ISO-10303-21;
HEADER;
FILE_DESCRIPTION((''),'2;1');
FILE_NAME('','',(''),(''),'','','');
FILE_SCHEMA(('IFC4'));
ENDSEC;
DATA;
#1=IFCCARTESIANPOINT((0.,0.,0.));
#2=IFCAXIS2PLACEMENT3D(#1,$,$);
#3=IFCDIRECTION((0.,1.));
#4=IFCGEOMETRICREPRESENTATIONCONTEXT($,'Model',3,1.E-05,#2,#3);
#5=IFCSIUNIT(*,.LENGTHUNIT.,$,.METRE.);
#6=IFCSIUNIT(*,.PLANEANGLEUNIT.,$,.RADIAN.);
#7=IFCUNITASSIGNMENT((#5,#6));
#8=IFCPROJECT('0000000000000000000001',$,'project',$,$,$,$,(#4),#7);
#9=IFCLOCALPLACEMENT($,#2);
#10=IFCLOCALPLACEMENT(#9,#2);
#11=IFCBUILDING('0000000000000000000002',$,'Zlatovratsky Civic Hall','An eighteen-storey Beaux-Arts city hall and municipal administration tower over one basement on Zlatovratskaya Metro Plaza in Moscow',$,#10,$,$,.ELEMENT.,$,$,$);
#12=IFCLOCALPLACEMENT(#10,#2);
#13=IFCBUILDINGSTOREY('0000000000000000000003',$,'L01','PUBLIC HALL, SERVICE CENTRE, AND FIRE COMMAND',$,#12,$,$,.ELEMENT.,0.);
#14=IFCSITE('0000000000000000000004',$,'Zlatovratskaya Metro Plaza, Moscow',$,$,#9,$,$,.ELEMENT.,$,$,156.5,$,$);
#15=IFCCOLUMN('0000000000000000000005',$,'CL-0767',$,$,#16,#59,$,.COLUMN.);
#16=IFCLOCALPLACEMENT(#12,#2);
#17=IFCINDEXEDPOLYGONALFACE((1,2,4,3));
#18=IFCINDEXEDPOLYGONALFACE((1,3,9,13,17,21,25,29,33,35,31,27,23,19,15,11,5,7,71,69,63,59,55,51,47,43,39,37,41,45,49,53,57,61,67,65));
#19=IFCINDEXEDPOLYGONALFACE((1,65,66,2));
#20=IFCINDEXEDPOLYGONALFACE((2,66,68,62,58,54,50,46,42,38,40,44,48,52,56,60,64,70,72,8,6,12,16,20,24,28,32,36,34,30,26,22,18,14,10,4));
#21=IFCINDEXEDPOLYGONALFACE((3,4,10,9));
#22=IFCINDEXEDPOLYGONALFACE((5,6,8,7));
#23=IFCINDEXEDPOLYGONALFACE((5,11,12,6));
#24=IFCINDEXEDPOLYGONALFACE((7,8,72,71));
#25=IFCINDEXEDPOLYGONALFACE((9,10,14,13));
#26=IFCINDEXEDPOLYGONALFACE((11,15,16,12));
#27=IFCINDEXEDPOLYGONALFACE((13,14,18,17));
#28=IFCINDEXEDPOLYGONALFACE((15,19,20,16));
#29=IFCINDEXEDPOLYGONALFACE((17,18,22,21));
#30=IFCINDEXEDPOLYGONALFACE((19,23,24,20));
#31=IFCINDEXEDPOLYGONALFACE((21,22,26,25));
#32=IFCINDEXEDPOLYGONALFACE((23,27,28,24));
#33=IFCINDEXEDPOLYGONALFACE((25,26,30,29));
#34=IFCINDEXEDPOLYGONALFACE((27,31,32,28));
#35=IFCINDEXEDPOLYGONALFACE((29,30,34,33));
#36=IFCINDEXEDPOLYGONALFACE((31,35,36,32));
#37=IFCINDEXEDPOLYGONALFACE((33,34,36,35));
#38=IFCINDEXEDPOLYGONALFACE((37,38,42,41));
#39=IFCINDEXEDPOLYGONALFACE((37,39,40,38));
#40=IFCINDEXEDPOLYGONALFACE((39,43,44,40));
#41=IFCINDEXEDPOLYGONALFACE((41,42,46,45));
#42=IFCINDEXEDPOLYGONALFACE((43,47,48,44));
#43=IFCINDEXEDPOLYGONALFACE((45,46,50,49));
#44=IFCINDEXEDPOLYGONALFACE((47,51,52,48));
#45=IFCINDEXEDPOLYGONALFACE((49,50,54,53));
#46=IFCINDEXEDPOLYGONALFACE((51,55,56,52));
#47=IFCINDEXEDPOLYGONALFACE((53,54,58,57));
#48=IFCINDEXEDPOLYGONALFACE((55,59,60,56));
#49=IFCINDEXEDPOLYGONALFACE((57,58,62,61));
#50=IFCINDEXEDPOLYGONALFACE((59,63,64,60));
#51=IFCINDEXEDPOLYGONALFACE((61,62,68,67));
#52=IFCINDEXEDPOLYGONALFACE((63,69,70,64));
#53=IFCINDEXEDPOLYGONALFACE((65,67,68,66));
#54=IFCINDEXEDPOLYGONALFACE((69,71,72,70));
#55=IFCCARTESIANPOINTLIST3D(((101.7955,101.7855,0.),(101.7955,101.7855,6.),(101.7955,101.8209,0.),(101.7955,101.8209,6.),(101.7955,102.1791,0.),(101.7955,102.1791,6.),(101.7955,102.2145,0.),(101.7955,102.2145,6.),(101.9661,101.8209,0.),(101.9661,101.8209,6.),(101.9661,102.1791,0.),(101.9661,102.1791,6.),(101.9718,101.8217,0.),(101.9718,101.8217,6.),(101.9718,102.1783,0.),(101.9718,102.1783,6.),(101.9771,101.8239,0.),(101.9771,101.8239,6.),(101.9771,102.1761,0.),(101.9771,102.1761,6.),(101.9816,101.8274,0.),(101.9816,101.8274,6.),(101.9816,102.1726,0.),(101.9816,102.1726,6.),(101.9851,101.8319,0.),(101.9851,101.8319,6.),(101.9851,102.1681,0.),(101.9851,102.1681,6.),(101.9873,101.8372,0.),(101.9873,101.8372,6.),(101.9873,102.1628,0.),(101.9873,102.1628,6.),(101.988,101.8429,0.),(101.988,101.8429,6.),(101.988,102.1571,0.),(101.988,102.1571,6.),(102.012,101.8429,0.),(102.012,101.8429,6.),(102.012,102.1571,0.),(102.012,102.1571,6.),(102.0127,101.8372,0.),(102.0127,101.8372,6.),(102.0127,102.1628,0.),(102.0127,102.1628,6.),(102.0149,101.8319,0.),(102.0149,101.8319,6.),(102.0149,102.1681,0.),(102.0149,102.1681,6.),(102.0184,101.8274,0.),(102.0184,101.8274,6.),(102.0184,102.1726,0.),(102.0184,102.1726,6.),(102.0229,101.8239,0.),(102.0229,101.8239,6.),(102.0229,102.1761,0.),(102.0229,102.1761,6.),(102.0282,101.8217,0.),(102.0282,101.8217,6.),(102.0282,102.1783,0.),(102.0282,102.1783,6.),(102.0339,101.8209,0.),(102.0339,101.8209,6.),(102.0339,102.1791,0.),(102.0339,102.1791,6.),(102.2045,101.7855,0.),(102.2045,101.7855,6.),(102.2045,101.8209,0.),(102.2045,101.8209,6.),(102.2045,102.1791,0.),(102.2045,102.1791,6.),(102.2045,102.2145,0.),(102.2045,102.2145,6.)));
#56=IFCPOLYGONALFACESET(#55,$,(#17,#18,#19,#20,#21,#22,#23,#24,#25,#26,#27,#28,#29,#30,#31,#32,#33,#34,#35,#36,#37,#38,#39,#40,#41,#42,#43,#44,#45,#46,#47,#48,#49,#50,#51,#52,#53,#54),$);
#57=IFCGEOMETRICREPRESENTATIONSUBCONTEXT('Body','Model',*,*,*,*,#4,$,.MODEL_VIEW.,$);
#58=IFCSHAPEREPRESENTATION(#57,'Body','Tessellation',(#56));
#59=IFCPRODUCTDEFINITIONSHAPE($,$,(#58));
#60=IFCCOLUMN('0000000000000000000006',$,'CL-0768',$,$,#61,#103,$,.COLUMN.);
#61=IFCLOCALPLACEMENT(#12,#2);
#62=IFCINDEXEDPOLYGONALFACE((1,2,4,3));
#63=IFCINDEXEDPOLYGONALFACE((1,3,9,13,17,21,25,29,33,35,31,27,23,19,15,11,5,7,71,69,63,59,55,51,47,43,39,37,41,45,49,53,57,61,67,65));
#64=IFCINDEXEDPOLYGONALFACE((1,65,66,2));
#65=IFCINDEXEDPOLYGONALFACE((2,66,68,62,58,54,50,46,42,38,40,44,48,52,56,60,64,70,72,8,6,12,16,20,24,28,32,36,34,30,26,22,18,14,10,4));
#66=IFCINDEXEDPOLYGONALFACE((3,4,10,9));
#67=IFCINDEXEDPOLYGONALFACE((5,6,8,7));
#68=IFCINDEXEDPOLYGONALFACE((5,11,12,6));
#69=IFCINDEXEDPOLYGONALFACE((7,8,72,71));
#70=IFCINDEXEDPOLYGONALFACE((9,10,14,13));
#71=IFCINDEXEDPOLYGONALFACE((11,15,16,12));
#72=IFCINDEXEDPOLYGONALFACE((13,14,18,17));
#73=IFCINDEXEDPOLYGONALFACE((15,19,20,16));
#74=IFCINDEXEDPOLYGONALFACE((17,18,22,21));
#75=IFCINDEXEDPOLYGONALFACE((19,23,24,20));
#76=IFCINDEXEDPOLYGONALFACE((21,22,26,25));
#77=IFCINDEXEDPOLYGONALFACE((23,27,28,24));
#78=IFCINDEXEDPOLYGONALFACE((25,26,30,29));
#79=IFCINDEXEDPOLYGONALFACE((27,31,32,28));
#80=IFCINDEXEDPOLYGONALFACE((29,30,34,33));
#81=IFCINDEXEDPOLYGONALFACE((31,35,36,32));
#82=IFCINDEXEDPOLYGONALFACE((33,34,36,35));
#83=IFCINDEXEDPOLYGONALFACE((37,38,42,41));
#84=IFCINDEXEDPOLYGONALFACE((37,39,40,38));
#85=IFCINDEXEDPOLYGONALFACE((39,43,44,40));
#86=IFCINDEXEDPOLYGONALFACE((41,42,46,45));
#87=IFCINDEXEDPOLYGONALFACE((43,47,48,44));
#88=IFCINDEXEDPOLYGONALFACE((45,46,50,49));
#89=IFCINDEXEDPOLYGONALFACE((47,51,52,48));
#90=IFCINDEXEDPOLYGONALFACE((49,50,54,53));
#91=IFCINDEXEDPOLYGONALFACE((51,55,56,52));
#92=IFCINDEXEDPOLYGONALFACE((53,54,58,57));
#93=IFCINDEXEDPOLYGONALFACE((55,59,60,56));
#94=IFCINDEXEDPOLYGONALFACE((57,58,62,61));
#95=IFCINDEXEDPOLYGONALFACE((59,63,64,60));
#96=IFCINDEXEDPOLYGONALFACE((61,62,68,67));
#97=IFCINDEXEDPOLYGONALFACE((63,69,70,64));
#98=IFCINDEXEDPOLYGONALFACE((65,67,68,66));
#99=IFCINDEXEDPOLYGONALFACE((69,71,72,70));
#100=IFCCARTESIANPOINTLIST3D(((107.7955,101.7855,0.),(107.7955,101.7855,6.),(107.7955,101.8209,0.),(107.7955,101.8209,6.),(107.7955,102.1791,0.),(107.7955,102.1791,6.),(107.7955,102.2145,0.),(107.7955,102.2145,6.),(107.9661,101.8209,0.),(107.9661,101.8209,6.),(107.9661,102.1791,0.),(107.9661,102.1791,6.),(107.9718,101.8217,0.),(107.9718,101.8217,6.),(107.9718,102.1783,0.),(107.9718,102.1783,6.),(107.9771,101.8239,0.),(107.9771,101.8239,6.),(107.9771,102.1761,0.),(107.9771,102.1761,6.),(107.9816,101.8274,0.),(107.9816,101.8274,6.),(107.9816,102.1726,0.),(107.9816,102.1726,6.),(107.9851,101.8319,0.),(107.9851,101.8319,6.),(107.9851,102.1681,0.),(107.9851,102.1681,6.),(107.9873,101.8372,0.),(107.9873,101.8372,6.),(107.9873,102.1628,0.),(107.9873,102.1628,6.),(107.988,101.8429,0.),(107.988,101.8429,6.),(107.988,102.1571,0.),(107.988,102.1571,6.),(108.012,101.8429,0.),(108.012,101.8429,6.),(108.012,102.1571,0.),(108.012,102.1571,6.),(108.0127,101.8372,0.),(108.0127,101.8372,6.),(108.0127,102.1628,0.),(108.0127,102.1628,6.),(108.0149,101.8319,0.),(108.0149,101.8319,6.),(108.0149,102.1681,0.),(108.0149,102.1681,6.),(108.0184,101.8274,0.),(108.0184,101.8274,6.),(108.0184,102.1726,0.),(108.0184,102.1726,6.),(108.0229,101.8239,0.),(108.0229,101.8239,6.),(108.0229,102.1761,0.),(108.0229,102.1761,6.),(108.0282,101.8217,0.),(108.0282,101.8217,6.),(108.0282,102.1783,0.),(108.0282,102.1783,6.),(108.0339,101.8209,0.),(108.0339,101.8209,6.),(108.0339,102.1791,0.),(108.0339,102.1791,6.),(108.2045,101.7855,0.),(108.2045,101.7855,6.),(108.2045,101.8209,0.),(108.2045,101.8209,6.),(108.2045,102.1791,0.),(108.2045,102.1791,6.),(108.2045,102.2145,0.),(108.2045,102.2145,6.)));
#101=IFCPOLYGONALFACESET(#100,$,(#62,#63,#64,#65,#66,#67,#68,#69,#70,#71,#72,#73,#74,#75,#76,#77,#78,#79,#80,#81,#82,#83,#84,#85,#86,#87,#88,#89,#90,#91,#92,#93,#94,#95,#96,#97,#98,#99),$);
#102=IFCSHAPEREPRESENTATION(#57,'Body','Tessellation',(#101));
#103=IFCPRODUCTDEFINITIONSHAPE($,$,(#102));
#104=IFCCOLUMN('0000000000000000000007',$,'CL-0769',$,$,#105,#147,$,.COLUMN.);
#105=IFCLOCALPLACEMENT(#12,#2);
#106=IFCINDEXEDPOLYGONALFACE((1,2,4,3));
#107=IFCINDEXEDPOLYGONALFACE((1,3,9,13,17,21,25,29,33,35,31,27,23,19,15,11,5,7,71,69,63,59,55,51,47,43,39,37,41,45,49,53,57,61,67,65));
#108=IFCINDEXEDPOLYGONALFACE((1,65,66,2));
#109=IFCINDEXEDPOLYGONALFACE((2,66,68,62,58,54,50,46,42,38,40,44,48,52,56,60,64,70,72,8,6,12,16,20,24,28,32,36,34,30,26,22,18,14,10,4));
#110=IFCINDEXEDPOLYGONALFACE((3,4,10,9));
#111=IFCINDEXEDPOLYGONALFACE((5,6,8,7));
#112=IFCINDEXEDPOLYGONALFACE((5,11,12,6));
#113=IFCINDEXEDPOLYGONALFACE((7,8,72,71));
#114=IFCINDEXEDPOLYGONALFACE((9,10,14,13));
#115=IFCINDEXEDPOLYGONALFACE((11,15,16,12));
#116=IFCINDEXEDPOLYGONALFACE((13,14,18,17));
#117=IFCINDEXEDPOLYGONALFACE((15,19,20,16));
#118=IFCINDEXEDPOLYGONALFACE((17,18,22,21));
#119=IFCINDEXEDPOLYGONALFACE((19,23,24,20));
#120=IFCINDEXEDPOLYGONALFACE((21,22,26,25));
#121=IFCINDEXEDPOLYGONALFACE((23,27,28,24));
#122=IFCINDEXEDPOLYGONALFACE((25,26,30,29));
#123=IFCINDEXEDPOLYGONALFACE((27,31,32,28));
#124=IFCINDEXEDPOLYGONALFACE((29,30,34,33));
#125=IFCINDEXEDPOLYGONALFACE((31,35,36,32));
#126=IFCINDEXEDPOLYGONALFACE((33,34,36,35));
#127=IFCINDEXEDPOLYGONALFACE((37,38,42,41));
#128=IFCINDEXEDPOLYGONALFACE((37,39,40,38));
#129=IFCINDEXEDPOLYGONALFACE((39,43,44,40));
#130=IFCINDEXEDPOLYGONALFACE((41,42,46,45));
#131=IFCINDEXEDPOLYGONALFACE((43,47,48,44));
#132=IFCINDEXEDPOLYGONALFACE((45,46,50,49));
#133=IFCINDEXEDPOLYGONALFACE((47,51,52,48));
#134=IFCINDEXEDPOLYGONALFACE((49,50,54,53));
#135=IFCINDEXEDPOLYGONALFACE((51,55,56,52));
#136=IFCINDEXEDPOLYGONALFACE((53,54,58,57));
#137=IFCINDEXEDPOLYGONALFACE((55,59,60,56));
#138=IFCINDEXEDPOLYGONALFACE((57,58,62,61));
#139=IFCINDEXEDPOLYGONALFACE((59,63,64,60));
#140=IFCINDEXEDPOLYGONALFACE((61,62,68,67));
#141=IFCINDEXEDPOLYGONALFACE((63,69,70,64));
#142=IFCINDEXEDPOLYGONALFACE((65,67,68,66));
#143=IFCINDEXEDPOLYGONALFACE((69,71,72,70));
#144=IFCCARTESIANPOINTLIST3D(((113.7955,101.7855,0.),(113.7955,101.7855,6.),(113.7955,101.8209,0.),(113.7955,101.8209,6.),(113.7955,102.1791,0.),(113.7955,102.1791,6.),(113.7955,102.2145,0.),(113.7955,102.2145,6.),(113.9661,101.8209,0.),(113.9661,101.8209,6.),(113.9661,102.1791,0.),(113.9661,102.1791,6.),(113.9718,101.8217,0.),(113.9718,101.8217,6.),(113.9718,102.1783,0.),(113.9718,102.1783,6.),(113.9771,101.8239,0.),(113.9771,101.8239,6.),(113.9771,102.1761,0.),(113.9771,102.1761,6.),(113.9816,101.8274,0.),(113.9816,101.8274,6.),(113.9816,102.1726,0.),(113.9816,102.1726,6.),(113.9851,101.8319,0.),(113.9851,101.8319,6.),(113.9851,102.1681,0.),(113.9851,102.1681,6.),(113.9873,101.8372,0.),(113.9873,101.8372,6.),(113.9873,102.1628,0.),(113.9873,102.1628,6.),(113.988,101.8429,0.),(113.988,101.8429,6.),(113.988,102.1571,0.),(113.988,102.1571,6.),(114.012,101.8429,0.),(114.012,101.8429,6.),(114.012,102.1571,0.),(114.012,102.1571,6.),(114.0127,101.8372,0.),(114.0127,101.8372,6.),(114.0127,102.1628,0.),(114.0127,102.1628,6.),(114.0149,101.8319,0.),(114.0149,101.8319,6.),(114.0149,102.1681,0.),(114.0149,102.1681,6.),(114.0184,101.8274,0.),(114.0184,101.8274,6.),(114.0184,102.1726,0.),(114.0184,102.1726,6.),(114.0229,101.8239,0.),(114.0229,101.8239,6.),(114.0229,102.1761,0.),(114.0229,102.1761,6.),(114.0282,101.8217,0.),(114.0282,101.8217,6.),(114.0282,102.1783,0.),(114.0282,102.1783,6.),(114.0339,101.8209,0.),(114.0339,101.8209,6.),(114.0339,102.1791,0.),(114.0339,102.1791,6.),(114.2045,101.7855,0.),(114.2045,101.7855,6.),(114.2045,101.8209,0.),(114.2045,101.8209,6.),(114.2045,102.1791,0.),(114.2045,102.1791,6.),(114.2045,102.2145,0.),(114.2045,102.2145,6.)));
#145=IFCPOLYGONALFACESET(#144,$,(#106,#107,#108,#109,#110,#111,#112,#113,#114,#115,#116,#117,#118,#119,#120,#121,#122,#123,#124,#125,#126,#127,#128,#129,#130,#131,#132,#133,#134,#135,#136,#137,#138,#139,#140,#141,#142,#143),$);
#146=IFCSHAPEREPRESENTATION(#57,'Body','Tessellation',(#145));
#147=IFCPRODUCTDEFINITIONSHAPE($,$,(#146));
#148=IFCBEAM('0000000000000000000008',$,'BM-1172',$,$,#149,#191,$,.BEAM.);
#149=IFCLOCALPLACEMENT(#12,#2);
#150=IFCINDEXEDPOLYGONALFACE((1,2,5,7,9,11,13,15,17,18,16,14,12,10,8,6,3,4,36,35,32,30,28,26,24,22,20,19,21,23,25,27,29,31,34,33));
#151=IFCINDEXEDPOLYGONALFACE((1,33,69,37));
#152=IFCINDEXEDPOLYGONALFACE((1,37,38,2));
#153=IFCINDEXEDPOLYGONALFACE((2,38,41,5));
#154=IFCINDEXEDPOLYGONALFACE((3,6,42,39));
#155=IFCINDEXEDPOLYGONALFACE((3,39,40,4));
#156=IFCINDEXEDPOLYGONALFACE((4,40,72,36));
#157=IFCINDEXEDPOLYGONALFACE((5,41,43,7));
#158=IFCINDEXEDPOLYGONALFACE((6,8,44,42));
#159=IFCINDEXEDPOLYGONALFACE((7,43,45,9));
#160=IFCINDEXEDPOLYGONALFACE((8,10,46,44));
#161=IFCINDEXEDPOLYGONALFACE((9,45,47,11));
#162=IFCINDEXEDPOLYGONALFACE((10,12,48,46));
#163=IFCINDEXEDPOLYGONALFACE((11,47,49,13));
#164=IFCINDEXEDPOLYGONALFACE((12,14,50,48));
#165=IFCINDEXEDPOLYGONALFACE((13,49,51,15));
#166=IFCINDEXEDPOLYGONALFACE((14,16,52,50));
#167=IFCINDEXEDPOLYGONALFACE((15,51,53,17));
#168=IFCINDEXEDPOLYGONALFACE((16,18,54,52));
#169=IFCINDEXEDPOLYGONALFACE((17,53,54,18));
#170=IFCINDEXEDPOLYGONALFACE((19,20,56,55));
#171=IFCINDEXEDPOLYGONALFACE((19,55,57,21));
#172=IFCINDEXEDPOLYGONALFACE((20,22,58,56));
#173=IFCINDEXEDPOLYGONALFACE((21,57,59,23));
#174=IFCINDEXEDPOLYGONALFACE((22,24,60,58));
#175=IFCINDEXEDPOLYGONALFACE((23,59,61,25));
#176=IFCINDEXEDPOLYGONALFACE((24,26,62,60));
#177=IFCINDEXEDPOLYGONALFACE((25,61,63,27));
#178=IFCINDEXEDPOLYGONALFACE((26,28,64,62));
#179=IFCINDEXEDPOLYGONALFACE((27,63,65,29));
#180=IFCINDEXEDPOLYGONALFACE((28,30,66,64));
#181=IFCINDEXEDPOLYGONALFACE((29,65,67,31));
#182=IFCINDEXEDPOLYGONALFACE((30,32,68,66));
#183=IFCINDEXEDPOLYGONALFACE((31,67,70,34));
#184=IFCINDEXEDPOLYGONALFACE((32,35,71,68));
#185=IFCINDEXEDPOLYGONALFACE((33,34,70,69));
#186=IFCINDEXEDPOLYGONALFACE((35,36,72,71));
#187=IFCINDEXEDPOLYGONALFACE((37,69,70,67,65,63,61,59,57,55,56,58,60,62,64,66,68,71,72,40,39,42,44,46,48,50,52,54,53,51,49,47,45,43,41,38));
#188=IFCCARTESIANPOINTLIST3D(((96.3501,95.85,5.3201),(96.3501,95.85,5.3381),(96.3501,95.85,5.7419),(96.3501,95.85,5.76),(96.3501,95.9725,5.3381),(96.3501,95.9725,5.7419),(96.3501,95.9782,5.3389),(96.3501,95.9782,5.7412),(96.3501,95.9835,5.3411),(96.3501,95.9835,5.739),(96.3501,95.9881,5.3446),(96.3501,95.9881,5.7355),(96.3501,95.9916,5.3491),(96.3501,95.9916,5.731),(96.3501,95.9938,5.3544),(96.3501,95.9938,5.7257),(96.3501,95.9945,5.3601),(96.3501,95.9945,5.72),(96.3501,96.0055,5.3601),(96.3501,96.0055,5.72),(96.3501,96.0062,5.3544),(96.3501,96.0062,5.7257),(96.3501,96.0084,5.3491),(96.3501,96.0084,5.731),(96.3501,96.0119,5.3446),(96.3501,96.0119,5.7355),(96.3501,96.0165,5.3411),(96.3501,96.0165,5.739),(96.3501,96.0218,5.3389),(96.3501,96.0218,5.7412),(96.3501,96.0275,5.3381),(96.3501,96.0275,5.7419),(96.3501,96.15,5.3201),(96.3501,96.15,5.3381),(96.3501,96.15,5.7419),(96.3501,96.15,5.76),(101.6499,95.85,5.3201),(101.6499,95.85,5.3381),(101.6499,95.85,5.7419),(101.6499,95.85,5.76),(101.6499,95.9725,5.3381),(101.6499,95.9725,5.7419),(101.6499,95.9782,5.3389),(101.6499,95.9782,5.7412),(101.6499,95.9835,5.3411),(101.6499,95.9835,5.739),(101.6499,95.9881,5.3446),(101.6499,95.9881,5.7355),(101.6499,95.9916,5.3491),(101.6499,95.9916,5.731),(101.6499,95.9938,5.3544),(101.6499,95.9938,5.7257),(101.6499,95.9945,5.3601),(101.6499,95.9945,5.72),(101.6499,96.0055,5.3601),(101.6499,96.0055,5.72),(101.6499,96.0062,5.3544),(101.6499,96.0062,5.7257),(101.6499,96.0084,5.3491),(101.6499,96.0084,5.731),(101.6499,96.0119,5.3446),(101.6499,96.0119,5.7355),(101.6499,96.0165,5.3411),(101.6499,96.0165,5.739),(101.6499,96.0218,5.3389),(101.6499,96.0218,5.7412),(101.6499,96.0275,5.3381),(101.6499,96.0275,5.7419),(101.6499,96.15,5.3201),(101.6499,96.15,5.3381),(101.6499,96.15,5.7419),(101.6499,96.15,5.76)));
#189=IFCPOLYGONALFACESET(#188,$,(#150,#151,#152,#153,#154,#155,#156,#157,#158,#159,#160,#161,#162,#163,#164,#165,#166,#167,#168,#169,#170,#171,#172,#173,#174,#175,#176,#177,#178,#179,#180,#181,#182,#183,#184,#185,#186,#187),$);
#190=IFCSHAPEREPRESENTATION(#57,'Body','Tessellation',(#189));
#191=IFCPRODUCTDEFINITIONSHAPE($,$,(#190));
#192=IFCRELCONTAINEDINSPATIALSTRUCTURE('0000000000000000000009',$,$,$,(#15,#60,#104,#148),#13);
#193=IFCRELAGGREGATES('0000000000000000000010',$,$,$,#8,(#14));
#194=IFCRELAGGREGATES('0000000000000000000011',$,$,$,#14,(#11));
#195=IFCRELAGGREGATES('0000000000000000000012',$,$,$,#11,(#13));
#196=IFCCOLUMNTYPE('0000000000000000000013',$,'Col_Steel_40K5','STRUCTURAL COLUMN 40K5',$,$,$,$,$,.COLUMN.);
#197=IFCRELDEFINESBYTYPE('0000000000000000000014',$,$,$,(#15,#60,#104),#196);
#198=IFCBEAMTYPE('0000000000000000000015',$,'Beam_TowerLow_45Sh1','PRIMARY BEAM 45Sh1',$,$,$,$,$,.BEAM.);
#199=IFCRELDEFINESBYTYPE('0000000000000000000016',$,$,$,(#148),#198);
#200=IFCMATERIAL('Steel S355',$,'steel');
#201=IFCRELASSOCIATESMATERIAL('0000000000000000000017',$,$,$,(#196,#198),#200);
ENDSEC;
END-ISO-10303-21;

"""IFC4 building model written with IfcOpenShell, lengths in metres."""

from ifc_helpers import new_model, si_unit, direction, frame, origin, origin_2d, place, context, subcontext, project, spatial, i_section, extrude, material, material_profile, profile_set, type_object, element, save


model = new_model("IFC4")

# Units and contexts
model_context = context("Model", 3, precision=1e-05, world=origin(), true_north=direction((0.0, 1.0)))
body_context = subcontext(model_context, "Body", "Model", "MODEL_VIEW")
ifc_project = project(units=[si_unit("LENGTHUNIT", "METRE"), si_unit("PLANEANGLEUNIT", "RADIAN")], contexts=[model_context])

# Site, building, storey
site_placement = place(None, origin())
site = spatial("IfcSite", under=ifc_project, at=site_placement, Name="Zlatovratskaya Metro Plaza, Moscow", CompositionType="ELEMENT", RefElevation=156.5)
building_placement = place(site_placement, origin())
building = spatial("IfcBuilding", under=site, at=building_placement, Name="Zlatovratsky Civic Hall", Description="An eighteen-storey Beaux-Arts city hall and municipal administration tower over one basement on Zlatovratskaya Metro Plaza in Moscow", CompositionType="ELEMENT")
storey_placement = place(building_placement, origin())
storey = spatial("IfcBuildingStorey", under=building, at=storey_placement, Name="L01", Description="PUBLIC HALL, SERVICE CENTRE, AND FIRE COMMAND", CompositionType="ELEMENT", Elevation=0.0)

# Columns
ifc_material_1 = material(Name="Steel S355", Category="steel")
ifc_material_profile_1 = material_profile(ifc_material_1, i_section(OverallWidth=0.4089, OverallDepth=0.429, WebThickness=0.0239, FlangeThickness=0.0354, FilletRadius=0.022, at=origin_2d()), Name="40K5")
ifc_profile_set_1 = profile_set([ifc_material_profile_1], Name="Steel S355")
column_type_1 = type_object("IfcColumnType", Name="Col_Steel_40K5", Description="STRUCTURAL COLUMN 40K5", PredefinedType="COLUMN", material=ifc_profile_set_1)
for number, where, z_axis, x_axis, name in (
    (1, (102.0, 102.0, 0.0), (0.0, 0.0, 1.0), (1.0, 0.0, 0.0), "CL-0767"),
    (2, (108.0, 102.0, 0.0), (0.0, 0.0, 1.0), (1.0, 0.0, 0.0), "CL-0768"),
    (3, (114.0, 102.0, 0.0), (0.0, 0.0, 1.0), (1.0, 0.0, 0.0), "CL-0769"),
):
    element("IfcColumn", number, at=place(storey_placement, frame(where, z_axis=z_axis, x_axis=x_axis)), inside=storey, type_object=column_type_1, Name=name, PredefinedType="COLUMN", context=body_context, shape_type="SweptSolid", body=[
        extrude(i_section(OverallWidth=0.4089, OverallDepth=0.429, WebThickness=0.0239, FlangeThickness=0.0354, FilletRadius=0.022, at=origin_2d()), origin(), (0.0, 0.0, 1.0), 6.0),
    ])

# Beam
ifc_material_profile_2 = material_profile(ifc_material_1, i_section(OverallWidth=0.3, OverallDepth=0.4399, WebThickness=0.011, FlangeThickness=0.0181, FilletRadius=0.022, at=origin_2d()), Name="45Sh1")
ifc_profile_set_2 = profile_set([ifc_material_profile_2], Name="Steel S355")
beam_type = type_object("IfcBeamType", Name="Beam_TowerLow_45Sh1", Description="PRIMARY BEAM 45Sh1", PredefinedType="BEAM", material=ifc_profile_set_2)
beam_1_placement = place(storey_placement, frame((96.3501, 96.0, 5.54), z_axis=(1.0, 0.0, 0.0), x_axis=(0.0, 1.0, 0.0)))
element("IfcBeam", 4, at=beam_1_placement, inside=storey, type_object=beam_type, Name="BM-1172", PredefinedType="BEAM", context=body_context, shape_type="SweptSolid", body=[
    extrude(i_section(OverallWidth=0.3, OverallDepth=0.4399, WebThickness=0.011, FlangeThickness=0.0181, FilletRadius=0.022, at=origin_2d()), origin(), (0.0, 0.0, 1.0), 5.2998),
])

save(model, "model.ifc")
